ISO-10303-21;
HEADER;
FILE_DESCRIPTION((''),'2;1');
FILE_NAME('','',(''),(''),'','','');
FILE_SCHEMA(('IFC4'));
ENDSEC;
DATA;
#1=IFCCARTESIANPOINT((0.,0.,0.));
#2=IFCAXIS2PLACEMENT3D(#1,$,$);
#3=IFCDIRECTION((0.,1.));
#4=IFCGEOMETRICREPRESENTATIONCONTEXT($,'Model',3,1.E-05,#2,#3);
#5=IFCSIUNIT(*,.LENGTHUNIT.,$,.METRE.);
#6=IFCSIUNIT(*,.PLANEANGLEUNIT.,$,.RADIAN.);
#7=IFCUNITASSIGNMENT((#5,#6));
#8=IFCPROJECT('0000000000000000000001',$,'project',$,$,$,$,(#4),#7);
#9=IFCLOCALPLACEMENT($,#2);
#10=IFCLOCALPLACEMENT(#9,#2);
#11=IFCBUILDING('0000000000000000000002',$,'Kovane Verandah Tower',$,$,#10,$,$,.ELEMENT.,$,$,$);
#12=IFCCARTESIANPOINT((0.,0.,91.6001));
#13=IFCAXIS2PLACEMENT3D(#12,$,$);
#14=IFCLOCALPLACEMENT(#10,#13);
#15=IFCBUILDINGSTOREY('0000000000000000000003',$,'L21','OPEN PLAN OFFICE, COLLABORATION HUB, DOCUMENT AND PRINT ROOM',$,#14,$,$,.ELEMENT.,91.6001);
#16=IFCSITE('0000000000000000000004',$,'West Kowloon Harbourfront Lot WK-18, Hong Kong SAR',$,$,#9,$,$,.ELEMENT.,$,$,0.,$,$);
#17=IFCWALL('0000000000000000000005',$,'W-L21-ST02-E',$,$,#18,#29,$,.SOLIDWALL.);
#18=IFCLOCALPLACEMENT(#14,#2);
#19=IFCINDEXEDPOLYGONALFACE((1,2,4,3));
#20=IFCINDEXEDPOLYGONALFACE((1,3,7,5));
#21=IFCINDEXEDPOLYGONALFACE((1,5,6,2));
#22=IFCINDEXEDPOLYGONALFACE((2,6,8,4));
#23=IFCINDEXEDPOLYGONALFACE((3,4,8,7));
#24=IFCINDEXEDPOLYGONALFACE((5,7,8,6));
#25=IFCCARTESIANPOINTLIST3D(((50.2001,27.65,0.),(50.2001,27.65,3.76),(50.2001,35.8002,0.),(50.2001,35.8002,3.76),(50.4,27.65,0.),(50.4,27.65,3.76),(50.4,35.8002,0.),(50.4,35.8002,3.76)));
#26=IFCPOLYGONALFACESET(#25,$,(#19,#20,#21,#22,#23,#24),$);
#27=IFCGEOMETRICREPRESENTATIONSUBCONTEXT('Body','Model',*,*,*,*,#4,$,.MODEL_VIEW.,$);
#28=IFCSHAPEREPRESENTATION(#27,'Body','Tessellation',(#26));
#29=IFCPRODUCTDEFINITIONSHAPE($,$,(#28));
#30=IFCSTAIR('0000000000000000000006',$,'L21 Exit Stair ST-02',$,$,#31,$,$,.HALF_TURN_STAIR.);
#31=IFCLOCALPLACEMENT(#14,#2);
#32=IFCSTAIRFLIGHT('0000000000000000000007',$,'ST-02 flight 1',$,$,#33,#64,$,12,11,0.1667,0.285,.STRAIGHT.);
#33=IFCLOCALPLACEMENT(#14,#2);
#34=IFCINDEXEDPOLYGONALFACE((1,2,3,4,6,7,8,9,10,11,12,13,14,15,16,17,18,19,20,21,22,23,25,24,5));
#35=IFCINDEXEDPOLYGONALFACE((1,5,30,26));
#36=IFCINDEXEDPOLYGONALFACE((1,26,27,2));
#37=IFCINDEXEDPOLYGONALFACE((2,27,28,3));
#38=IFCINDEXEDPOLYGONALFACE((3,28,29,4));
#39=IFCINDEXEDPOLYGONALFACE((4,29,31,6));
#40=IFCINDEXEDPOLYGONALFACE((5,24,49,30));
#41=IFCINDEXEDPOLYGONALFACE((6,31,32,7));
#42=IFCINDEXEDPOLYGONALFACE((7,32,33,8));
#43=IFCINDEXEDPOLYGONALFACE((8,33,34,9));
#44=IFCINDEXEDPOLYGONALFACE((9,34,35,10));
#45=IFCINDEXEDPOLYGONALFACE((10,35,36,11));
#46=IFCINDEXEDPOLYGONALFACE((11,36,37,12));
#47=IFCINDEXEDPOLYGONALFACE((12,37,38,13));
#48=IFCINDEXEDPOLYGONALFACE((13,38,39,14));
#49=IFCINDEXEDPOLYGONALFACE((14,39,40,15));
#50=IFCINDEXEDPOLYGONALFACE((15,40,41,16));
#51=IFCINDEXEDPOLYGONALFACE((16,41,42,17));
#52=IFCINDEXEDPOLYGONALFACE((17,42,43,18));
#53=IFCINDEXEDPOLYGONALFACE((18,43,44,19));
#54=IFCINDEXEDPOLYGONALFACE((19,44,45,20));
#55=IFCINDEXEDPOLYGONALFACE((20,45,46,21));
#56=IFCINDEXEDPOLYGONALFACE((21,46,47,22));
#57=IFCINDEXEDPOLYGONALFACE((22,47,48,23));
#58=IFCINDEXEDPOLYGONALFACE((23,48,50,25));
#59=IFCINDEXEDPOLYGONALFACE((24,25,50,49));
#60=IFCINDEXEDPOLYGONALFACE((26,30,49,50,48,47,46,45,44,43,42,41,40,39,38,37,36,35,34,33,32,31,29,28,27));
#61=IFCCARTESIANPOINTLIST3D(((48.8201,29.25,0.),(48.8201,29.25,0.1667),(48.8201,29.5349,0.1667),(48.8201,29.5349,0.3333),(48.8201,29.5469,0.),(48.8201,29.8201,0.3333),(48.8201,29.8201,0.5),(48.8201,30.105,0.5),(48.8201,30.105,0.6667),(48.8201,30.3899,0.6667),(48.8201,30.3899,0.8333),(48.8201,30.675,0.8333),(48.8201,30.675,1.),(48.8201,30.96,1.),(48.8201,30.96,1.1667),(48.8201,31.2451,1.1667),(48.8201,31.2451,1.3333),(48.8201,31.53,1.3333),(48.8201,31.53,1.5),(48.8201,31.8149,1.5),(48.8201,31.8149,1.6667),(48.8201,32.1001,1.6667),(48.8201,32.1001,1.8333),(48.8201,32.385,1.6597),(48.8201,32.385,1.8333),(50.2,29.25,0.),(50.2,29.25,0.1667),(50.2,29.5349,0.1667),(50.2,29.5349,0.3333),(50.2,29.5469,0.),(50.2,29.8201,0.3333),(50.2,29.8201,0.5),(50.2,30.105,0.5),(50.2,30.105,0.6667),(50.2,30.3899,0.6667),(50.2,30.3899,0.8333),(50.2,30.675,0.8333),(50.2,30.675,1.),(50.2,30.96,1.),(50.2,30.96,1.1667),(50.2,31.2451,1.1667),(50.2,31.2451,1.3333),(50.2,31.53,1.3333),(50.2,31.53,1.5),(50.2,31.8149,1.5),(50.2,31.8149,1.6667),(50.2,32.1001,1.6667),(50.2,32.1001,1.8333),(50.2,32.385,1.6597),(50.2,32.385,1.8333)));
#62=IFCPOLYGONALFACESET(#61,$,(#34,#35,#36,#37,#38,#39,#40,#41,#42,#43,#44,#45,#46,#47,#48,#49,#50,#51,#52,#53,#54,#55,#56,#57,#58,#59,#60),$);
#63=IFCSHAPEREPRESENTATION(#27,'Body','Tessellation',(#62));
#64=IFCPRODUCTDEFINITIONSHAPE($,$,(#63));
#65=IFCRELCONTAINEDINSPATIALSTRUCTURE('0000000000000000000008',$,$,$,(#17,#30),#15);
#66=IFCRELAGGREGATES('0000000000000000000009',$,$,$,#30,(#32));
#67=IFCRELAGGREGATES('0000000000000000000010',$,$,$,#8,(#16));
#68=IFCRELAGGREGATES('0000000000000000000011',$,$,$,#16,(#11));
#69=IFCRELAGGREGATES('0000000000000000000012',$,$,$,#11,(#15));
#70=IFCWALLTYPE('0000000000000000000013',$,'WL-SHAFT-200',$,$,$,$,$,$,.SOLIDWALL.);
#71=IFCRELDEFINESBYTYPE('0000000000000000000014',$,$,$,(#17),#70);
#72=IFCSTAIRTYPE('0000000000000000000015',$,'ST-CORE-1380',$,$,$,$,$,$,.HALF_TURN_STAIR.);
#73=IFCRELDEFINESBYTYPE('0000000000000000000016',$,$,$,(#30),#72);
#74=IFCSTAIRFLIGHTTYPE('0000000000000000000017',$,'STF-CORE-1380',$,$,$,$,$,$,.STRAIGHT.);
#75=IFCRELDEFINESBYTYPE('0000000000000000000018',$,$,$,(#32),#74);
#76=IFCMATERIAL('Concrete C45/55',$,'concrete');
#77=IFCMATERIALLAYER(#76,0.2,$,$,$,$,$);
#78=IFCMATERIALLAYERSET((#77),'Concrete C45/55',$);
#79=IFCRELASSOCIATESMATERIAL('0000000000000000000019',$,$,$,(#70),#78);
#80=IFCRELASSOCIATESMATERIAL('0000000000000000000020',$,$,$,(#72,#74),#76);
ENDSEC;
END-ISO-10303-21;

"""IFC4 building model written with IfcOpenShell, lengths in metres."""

from ifc_helpers import new_model, si_unit, direction, frame, frame_2d, origin, place, context, subcontext, project, spatial, polyline, rectangle, outline, extrude, material, layer, layer_set, type_object, element, aggregate, save


model = new_model("IFC4")

# Units and contexts
model_context = context("Model", 3, precision=1e-05, world=origin(), true_north=direction((0.0, 1.0)))
body_context = subcontext(model_context, "Body", "Model", "MODEL_VIEW")
ifc_project = project(units=[si_unit("LENGTHUNIT", "METRE"), si_unit("PLANEANGLEUNIT", "RADIAN")], contexts=[model_context])

# Site, building, storey
site_placement = place(None, origin())
site = spatial("IfcSite", under=ifc_project, at=site_placement, Name="West Kowloon Harbourfront Lot WK-18, Hong Kong SAR", CompositionType="ELEMENT", RefElevation=0.0)
building_placement = place(site_placement, origin())
building = spatial("IfcBuilding", under=site, at=building_placement, Name="Kovane Verandah Tower", CompositionType="ELEMENT")
storey_placement = place(building_placement, frame((0.0, 0.0, 91.6001)))
storey = spatial("IfcBuildingStorey", under=building, at=storey_placement, Name="L21", Description="OPEN PLAN OFFICE, COLLABORATION HUB, DOCUMENT AND PRINT ROOM", CompositionType="ELEMENT", Elevation=91.6001)

# Wall
ifc_material_1 = material(Name="Concrete C45/55", Category="concrete")
ifc_layer_1 = layer(ifc_material_1, 0.2)
ifc_layer_set_1 = layer_set([ifc_layer_1], Name="Concrete C45/55")
wall_type_1 = type_object("IfcWallType", Name="WL-SHAFT-200", PredefinedType="SOLIDWALL", material=ifc_layer_set_1)
wall_1_placement = place(storey_placement, frame((50.3, 27.6499, 0.0), z_axis=(0.0, 0.0, 1.0), x_axis=(0.0, 1.0, 0.0)))
element("IfcWall", 1, at=wall_1_placement, inside=storey, type_object=wall_type_1, Name="W-L21-ST02-E", PredefinedType="SOLIDWALL", context=body_context, shape_type="SweptSolid", body=[
    extrude(rectangle(XDim=8.1501, YDim=0.2, at=frame_2d((4.0752, 0.0))), origin(), (0.0, 0.0, 1.0), 3.76),
])

# Stair, stair flight
stair_type = type_object("IfcStairType", Name="ST-CORE-1380", PredefinedType="HALF_TURN_STAIR", material=ifc_material_1)
stair_placement = place(storey_placement, origin())
stair = element("IfcStair", 2, at=stair_placement, inside=storey, type_object=stair_type, Name="L21 Exit Stair ST-02", PredefinedType="HALF_TURN_STAIR")
stair_flight_type = type_object("IfcStairFlightType", Name="STF-CORE-1380", PredefinedType="STRAIGHT", material=ifc_material_1)
stair_flight_placement = place(storey_placement, frame((49.51, 29.25, 0.0), z_axis=(0.0, 0.0, 1.0), x_axis=(0.0, 1.0, 0.0)))
stair_flight = element("IfcStairFlight", 3, at=stair_flight_placement, type_object=stair_flight_type, Name="ST-02 flight 1", NumberOfRisers=12, NumberOfTreads=11, PredefinedType="STRAIGHT", RiserHeight=0.1667, TreadLength=0.285, context=body_context, shape_type="SweptSolid", body=[
    extrude(outline(polyline([(0.0, 0.0), (0.0, 0.1667), (0.2849, 0.1667), (0.2849, 0.3333), (0.5701, 0.3333), (0.5701, 0.5), (0.855, 0.5), (0.855, 0.6667), (1.1399, 0.6667), (1.1399, 0.8333), (1.425, 0.8333), (1.425, 1.0), (1.71, 1.0), (1.71, 1.1667), (1.9951, 1.1667), (1.9951, 1.3333), (2.28, 1.3333), (2.28, 1.5), (2.5649, 1.5), (2.5649, 1.6667), (2.8501, 1.6667), (2.8501, 1.8333), (3.135, 1.8333), (3.135, 2.0), (3.135, 1.6597), (0.2969, 0.0), (0.0, 0.0)])), frame((0.0, 0.6899, 0.0), z_axis=(0.0, -1.0, 0.0), x_axis=(1.0, 0.0, 0.0)), (0.0, 0.0, 1.0), 1.3799),
])
aggregate(stair, [stair_flight])

save(model, "model.ifc")
